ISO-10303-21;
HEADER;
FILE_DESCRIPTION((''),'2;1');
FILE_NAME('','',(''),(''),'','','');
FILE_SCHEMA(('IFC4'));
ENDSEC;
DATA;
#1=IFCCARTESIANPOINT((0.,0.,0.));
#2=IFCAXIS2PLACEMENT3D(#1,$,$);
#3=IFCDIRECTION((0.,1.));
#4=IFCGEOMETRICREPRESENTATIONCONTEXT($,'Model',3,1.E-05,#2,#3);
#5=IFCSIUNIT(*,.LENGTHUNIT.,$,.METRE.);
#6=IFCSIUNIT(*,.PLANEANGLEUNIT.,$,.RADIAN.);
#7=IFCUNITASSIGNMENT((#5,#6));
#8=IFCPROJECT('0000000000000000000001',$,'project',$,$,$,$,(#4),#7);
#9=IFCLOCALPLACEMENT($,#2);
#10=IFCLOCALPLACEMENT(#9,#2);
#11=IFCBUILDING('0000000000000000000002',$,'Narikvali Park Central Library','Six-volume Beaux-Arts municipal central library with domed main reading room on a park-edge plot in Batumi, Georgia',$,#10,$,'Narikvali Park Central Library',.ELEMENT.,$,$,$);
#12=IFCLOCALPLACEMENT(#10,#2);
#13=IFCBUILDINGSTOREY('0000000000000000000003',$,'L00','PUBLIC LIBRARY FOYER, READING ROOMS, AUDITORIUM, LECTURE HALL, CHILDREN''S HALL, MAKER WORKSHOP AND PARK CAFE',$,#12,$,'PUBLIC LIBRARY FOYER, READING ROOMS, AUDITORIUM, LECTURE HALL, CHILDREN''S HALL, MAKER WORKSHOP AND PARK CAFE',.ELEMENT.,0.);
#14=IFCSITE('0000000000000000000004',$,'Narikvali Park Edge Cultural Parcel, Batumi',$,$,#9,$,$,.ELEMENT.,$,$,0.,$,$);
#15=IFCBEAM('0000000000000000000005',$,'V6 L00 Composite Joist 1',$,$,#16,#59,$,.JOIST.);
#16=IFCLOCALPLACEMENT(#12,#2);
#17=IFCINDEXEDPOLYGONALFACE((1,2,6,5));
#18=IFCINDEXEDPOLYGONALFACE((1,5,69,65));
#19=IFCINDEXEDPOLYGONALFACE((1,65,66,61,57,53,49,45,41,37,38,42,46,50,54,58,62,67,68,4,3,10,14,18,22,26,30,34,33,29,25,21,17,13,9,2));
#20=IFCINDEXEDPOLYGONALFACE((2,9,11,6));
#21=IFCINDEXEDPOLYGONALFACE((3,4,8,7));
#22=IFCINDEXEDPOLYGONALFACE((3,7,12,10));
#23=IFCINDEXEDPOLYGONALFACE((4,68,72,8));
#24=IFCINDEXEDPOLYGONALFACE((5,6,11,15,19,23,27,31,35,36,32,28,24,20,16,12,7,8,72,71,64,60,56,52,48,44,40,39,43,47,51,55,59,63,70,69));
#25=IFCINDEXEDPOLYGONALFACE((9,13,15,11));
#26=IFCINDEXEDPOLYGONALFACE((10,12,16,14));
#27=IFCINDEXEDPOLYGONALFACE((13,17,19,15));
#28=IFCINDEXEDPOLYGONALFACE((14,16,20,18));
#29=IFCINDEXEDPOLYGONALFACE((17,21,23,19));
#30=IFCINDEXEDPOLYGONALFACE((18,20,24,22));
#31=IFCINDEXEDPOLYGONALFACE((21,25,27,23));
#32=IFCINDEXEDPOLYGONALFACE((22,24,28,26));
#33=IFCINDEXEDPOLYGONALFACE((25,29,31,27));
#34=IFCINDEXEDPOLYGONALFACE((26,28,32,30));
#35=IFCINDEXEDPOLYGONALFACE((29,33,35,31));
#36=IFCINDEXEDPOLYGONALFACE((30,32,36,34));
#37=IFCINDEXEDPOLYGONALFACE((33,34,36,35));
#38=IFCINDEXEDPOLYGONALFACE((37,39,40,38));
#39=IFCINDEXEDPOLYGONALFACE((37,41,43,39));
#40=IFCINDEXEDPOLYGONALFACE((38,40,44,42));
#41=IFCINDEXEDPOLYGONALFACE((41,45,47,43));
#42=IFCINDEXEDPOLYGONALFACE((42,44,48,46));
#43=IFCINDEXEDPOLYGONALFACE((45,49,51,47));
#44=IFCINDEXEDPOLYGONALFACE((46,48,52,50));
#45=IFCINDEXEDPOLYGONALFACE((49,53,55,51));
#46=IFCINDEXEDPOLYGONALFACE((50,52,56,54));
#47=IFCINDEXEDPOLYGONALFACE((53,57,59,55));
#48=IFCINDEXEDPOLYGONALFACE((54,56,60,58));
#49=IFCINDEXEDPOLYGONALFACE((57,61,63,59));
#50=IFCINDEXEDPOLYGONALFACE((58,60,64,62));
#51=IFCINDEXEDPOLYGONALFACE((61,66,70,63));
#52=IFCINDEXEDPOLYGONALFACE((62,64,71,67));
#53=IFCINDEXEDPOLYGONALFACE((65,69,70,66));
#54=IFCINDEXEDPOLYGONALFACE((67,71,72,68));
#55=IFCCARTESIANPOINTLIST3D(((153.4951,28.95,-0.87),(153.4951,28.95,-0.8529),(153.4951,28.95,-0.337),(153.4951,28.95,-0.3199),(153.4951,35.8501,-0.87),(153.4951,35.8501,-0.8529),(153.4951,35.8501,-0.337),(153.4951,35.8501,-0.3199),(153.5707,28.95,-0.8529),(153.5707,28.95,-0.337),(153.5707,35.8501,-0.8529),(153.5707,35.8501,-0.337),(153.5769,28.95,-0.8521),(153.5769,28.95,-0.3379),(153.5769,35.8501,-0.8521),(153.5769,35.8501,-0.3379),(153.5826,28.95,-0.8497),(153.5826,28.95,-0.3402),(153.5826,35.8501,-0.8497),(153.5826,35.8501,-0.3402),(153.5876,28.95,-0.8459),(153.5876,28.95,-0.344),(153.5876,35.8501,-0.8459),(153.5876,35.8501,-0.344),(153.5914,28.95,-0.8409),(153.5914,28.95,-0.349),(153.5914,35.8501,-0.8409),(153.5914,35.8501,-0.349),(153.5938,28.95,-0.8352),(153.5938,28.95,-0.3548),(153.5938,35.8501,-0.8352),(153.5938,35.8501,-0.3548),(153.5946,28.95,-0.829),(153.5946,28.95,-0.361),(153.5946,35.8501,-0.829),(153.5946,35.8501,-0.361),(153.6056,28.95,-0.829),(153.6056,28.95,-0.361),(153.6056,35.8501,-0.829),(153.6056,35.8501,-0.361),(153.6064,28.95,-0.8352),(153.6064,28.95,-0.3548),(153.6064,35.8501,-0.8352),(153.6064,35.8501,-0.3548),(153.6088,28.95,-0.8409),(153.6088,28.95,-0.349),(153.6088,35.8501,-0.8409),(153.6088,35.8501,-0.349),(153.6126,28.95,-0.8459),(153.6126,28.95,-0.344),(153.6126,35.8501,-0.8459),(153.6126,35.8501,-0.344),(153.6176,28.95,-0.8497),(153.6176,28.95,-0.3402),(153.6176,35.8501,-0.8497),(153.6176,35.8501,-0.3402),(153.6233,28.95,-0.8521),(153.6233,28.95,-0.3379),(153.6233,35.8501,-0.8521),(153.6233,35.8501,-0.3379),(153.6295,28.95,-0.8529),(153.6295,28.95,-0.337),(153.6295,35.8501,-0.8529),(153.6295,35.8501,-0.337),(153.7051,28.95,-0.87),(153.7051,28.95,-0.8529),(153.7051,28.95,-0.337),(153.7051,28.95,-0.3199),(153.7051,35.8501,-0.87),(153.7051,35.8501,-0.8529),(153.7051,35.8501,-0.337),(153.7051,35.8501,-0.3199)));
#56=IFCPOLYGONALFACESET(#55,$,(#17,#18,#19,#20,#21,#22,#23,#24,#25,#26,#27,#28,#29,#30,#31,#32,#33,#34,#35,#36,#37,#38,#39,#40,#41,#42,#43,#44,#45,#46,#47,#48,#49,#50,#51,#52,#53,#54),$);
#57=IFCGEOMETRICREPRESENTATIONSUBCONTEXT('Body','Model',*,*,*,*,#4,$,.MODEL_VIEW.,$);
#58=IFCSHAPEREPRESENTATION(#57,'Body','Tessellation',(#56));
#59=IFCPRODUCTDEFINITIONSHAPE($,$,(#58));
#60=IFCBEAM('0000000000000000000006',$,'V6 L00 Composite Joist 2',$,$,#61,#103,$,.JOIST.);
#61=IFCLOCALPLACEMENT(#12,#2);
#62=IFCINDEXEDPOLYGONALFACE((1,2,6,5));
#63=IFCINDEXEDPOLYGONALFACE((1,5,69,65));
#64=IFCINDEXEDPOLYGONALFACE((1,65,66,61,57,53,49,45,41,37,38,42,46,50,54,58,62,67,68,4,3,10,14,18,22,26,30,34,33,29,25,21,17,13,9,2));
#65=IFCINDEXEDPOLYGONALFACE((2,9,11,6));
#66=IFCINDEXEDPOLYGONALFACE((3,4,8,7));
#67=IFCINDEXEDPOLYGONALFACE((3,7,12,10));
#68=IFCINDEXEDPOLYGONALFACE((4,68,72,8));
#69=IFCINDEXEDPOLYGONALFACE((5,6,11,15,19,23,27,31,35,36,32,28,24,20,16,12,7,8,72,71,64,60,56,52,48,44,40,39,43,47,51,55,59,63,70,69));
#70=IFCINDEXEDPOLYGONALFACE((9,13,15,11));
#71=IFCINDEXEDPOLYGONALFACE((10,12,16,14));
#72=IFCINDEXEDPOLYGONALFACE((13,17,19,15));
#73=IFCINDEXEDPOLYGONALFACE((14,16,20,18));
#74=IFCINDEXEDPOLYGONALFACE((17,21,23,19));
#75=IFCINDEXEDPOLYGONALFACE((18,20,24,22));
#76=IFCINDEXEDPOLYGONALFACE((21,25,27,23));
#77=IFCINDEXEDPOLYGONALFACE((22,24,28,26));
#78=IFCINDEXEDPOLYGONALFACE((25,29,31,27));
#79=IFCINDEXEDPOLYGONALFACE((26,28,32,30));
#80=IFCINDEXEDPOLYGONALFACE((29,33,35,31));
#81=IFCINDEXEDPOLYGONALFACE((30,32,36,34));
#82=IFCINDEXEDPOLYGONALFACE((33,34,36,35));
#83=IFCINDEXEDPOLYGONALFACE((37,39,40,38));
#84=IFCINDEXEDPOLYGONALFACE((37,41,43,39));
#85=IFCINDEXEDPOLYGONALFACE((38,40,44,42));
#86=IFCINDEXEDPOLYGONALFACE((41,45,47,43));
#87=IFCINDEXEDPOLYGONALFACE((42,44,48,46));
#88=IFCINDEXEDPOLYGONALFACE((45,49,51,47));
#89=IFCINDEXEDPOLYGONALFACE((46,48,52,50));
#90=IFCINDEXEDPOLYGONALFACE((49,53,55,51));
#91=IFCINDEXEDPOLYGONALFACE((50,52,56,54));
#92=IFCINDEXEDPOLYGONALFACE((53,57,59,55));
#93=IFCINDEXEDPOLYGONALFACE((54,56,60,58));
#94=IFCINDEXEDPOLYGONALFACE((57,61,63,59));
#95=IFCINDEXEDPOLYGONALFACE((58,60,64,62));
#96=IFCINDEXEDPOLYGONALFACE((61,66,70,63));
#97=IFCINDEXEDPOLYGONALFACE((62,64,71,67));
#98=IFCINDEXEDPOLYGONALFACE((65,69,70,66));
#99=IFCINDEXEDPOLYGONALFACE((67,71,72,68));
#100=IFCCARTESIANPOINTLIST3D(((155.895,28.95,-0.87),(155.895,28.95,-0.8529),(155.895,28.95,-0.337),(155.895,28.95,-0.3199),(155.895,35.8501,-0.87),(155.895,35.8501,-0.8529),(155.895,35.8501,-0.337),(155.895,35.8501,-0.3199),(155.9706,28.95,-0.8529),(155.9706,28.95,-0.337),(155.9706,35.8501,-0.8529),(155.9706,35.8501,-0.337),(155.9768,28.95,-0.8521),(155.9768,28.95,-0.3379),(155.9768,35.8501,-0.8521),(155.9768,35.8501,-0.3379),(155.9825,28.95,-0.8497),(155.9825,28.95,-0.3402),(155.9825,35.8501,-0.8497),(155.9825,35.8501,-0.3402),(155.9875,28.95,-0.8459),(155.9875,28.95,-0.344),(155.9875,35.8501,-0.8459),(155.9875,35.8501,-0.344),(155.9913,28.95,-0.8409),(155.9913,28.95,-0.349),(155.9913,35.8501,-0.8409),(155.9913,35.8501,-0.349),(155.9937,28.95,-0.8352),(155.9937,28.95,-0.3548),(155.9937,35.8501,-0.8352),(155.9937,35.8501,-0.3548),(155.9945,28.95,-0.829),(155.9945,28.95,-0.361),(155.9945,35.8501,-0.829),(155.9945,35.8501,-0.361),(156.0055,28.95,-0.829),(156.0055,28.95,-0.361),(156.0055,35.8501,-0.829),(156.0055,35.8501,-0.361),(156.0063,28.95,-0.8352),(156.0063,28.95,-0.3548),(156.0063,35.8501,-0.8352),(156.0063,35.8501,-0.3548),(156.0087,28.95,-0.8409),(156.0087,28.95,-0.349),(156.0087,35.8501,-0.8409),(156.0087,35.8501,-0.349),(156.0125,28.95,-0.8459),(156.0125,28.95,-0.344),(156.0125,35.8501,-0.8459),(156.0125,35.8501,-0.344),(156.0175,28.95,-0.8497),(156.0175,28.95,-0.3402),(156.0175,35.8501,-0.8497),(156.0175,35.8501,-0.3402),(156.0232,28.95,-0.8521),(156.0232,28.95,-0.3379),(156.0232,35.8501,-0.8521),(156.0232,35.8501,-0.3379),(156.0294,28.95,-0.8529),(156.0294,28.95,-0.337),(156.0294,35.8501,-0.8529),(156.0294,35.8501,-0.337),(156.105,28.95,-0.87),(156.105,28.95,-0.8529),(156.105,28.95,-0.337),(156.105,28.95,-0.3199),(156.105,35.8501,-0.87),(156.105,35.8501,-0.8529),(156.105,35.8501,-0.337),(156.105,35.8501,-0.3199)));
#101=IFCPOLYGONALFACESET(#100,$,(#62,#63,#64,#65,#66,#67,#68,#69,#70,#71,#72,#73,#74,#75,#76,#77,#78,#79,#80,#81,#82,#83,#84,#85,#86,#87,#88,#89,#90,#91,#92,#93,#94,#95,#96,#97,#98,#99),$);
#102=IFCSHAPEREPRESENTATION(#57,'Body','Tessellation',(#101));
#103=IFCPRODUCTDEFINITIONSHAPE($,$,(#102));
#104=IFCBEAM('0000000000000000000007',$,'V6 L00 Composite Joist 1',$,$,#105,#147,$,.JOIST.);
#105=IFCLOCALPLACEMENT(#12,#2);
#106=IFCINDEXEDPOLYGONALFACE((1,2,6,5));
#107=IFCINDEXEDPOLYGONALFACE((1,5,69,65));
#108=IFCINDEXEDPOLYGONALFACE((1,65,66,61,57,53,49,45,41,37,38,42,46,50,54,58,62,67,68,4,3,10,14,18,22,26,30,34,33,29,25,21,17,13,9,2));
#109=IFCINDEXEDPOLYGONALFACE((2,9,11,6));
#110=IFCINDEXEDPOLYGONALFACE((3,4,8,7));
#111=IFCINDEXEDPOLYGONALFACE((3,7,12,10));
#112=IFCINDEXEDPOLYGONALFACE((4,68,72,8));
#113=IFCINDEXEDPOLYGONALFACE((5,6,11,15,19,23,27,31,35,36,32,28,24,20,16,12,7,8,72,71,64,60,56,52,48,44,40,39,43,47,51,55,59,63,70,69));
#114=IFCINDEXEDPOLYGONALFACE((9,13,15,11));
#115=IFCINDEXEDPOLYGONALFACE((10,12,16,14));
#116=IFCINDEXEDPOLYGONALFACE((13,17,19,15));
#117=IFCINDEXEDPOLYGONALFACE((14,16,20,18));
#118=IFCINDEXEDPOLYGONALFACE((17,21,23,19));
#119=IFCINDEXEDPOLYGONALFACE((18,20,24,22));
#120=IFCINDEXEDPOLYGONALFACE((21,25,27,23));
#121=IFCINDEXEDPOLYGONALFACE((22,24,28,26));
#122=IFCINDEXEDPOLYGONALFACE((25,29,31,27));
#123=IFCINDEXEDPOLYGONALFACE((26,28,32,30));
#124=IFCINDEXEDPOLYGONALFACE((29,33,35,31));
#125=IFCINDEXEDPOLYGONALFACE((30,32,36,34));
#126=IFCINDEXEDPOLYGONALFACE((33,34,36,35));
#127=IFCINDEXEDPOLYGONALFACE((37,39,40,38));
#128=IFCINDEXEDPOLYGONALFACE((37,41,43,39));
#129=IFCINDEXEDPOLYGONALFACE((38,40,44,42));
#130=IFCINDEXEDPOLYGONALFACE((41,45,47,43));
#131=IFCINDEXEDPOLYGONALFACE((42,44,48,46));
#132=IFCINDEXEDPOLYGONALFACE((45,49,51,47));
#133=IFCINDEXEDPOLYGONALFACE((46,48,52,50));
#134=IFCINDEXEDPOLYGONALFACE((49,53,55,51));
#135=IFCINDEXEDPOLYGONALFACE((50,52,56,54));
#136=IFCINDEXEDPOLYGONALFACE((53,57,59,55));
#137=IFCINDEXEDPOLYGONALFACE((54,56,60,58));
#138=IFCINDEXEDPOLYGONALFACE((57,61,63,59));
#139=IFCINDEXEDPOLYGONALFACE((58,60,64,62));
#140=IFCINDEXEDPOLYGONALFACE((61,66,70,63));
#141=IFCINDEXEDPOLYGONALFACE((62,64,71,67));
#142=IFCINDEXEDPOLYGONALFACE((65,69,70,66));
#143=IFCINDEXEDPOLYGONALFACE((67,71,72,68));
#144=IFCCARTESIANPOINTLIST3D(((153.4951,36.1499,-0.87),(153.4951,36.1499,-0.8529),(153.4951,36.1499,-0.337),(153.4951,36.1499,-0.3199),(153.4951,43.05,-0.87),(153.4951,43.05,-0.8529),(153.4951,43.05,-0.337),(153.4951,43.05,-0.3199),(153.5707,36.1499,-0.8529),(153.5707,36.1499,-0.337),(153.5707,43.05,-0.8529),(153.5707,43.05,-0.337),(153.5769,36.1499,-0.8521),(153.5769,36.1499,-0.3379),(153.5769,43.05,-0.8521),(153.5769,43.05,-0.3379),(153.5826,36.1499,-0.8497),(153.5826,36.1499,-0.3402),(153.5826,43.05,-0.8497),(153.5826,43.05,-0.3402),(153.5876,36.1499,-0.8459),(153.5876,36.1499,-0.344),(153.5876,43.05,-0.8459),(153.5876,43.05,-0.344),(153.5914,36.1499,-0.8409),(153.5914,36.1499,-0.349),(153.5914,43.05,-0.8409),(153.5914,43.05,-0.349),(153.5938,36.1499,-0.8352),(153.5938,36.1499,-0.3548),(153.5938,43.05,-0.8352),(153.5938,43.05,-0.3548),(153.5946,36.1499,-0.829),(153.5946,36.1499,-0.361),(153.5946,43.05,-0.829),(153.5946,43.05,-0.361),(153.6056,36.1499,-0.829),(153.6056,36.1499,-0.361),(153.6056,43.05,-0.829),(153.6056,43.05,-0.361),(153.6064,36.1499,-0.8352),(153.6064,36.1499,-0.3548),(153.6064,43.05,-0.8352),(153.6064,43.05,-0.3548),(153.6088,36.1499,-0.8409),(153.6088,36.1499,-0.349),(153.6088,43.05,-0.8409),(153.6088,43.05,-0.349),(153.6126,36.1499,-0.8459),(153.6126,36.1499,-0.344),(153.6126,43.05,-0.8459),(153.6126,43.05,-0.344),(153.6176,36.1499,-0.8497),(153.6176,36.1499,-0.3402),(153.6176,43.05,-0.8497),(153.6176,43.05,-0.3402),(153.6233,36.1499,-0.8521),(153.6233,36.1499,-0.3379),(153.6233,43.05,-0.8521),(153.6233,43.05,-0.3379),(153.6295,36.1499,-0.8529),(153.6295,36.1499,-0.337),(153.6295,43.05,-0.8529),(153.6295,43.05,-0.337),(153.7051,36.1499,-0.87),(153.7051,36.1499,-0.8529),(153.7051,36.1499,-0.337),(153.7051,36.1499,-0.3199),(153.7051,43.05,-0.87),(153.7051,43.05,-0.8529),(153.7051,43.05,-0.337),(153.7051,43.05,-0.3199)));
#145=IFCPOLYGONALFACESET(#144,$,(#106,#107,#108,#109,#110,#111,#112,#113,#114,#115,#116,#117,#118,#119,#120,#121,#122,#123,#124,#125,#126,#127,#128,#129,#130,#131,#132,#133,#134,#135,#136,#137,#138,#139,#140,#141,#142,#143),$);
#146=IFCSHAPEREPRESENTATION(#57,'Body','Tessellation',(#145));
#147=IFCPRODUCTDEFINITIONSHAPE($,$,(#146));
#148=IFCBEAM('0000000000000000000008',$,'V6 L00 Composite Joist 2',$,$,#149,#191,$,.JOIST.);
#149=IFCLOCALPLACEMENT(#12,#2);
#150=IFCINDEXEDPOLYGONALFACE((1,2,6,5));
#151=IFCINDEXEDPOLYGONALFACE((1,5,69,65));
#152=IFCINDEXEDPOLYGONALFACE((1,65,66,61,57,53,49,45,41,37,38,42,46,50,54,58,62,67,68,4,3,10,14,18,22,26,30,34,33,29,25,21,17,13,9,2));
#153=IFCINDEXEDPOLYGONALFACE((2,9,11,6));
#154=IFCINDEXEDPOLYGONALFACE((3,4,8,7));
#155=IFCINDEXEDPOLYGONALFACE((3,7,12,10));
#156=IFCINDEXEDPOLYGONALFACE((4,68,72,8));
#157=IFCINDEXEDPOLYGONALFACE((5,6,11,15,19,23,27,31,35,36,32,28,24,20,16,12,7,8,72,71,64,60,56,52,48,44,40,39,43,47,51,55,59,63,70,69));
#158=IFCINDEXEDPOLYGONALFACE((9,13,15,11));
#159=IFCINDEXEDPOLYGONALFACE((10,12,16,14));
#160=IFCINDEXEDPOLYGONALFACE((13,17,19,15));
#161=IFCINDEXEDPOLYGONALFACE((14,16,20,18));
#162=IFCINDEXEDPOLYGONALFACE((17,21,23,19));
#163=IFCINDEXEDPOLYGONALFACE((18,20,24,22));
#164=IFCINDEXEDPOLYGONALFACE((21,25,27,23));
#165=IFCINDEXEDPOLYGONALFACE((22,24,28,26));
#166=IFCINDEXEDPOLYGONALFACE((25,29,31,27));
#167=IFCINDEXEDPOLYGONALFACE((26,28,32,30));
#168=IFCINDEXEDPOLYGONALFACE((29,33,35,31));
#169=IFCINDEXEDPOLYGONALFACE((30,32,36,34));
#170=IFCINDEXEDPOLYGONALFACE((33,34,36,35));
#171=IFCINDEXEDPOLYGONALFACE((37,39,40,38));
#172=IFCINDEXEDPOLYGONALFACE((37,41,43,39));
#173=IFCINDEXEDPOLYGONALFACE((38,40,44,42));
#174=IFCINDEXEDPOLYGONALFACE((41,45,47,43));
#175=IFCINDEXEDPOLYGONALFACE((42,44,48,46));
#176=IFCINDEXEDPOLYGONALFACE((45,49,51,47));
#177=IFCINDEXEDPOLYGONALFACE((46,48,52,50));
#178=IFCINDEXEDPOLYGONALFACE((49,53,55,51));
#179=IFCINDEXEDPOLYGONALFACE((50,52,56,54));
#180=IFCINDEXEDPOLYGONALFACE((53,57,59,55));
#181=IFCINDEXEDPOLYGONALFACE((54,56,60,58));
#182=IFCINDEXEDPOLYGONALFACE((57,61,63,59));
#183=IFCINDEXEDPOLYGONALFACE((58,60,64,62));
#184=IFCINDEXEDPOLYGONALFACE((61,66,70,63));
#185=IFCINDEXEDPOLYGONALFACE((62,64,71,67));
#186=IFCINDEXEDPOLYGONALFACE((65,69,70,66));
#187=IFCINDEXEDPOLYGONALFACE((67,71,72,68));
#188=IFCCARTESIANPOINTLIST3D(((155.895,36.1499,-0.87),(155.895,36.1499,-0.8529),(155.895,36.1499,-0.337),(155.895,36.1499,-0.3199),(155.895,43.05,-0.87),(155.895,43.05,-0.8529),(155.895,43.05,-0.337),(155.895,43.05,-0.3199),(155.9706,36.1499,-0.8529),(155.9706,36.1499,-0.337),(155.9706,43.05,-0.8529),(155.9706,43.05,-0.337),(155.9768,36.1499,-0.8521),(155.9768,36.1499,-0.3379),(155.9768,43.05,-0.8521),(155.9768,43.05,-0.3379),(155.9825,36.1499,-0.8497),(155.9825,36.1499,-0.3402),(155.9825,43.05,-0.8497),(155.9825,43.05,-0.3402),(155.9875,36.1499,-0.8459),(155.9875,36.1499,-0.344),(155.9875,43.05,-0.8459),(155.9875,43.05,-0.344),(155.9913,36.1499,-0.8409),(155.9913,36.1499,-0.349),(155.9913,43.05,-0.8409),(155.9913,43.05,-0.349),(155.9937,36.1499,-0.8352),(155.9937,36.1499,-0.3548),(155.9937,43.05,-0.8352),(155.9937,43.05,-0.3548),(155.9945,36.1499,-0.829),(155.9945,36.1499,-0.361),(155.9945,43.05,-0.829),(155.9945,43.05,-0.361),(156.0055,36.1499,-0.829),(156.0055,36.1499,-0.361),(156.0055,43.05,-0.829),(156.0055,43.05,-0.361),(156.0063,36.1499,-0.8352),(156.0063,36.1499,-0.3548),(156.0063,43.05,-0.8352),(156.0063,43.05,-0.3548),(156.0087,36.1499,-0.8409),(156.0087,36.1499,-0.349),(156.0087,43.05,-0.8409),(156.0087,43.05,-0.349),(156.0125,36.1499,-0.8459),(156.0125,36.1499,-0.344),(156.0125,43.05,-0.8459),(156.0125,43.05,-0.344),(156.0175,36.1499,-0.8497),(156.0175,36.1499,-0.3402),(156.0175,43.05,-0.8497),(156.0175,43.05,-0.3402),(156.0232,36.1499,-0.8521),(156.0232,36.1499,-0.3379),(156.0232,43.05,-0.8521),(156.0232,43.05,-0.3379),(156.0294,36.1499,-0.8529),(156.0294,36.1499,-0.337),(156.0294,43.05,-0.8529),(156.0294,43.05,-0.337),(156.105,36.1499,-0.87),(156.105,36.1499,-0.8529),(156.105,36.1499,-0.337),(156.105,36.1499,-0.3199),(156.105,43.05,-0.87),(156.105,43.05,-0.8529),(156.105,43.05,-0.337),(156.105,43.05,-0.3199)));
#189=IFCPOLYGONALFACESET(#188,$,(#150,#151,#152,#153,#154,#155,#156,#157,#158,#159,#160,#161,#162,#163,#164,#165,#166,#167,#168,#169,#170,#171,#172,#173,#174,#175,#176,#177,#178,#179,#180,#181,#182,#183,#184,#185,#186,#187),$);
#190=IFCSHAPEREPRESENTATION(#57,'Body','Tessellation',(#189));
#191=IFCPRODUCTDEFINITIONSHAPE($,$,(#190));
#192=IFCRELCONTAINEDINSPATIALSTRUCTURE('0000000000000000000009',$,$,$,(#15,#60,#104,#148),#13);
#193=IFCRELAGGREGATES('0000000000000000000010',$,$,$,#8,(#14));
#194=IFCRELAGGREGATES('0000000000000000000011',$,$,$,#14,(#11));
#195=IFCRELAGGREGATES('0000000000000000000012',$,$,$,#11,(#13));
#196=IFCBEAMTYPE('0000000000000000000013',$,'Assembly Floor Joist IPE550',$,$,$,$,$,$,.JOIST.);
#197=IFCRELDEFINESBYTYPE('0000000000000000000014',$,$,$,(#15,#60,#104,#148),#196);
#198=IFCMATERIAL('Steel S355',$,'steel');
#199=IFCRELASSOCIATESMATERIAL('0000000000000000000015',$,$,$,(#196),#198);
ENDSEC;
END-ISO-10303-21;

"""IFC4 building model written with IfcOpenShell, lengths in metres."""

from ifc_helpers import new_model, si_unit, direction, frame, origin, origin_2d, place, context, subcontext, project, spatial, i_section, extrude, material, material_profile, profile_set, type_object, element, save


model = new_model("IFC4")

# Units and contexts
model_context = context("Model", 3, precision=1e-05, world=origin(), true_north=direction((0.0, 1.0)))
body_context = subcontext(model_context, "Body", "Model", "MODEL_VIEW")
ifc_project = project(units=[si_unit("LENGTHUNIT", "METRE"), si_unit("PLANEANGLEUNIT", "RADIAN")], contexts=[model_context])

# Site, building, storey
site_placement = place(None, origin())
site = spatial("IfcSite", under=ifc_project, at=site_placement, Name="Narikvali Park Edge Cultural Parcel, Batumi", CompositionType="ELEMENT", RefElevation=0.0)
building_placement = place(site_placement, origin())
building = spatial("IfcBuilding", under=site, at=building_placement, Name="Narikvali Park Central Library", Description="Six-volume Beaux-Arts municipal central library with domed main reading room on a park-edge plot in Batumi, Georgia", LongName="Narikvali Park Central Library", CompositionType="ELEMENT")
storey_placement = place(building_placement, origin())
storey = spatial("IfcBuildingStorey", under=building, at=storey_placement, Name="L00", Description="PUBLIC LIBRARY FOYER, READING ROOMS, AUDITORIUM, LECTURE HALL, CHILDREN'S HALL, MAKER WORKSHOP AND PARK CAFE", LongName="PUBLIC LIBRARY FOYER, READING ROOMS, AUDITORIUM, LECTURE HALL, CHILDREN'S HALL, MAKER WORKSHOP AND PARK CAFE", CompositionType="ELEMENT", Elevation=0.0)

# Shared definitions
ifc_material_1 = material(Name="Steel S355", Category="steel")

# Beams
ifc_material_profile_1 = material_profile(ifc_material_1, i_section(OverallWidth=0.21, OverallDepth=0.55, WebThickness=0.011, FlangeThickness=0.0171, FilletRadius=0.0239, at=origin_2d()), Name="IPE 550")
ifc_profile_set_1 = profile_set([ifc_material_profile_1], Name="Steel S355")
beam_type_1 = type_object("IfcBeamType", Name="Assembly Floor Joist IPE550", PredefinedType="JOIST", material=ifc_profile_set_1)
for number, where, z_axis, x_axis, name in (
    (1, (153.6001, 28.95, -0.595), (0.0, 1.0, 0.0), (-1.0, 0.0, 0.0), "V6 L00 Composite Joist 1"),
    (2, (156.0, 28.95, -0.595), (0.0, 1.0, 0.0), (-1.0, 0.0, 0.0), "V6 L00 Composite Joist 2"),
    (3, (153.6001, 36.1499, -0.595), (0.0, 1.0, 0.0), (-1.0, 0.0, 0.0), "V6 L00 Composite Joist 1"),
    (4, (156.0, 36.1499, -0.595), (0.0, 1.0, 0.0), (-1.0, 0.0, 0.0), "V6 L00 Composite Joist 2"),
):
    element("IfcBeam", number, at=place(storey_placement, frame(where, z_axis=z_axis, x_axis=x_axis)), inside=storey, type_object=beam_type_1, Name=name, PredefinedType="JOIST", context=body_context, shape_type="SweptSolid", body=[
        extrude(i_section(OverallWidth=0.21, OverallDepth=0.55, WebThickness=0.011, FlangeThickness=0.0171, FilletRadius=0.0239, at=origin_2d()), origin(), (0.0, 0.0, 1.0), 6.9001),
    ])

save(model, "model.ifc")
